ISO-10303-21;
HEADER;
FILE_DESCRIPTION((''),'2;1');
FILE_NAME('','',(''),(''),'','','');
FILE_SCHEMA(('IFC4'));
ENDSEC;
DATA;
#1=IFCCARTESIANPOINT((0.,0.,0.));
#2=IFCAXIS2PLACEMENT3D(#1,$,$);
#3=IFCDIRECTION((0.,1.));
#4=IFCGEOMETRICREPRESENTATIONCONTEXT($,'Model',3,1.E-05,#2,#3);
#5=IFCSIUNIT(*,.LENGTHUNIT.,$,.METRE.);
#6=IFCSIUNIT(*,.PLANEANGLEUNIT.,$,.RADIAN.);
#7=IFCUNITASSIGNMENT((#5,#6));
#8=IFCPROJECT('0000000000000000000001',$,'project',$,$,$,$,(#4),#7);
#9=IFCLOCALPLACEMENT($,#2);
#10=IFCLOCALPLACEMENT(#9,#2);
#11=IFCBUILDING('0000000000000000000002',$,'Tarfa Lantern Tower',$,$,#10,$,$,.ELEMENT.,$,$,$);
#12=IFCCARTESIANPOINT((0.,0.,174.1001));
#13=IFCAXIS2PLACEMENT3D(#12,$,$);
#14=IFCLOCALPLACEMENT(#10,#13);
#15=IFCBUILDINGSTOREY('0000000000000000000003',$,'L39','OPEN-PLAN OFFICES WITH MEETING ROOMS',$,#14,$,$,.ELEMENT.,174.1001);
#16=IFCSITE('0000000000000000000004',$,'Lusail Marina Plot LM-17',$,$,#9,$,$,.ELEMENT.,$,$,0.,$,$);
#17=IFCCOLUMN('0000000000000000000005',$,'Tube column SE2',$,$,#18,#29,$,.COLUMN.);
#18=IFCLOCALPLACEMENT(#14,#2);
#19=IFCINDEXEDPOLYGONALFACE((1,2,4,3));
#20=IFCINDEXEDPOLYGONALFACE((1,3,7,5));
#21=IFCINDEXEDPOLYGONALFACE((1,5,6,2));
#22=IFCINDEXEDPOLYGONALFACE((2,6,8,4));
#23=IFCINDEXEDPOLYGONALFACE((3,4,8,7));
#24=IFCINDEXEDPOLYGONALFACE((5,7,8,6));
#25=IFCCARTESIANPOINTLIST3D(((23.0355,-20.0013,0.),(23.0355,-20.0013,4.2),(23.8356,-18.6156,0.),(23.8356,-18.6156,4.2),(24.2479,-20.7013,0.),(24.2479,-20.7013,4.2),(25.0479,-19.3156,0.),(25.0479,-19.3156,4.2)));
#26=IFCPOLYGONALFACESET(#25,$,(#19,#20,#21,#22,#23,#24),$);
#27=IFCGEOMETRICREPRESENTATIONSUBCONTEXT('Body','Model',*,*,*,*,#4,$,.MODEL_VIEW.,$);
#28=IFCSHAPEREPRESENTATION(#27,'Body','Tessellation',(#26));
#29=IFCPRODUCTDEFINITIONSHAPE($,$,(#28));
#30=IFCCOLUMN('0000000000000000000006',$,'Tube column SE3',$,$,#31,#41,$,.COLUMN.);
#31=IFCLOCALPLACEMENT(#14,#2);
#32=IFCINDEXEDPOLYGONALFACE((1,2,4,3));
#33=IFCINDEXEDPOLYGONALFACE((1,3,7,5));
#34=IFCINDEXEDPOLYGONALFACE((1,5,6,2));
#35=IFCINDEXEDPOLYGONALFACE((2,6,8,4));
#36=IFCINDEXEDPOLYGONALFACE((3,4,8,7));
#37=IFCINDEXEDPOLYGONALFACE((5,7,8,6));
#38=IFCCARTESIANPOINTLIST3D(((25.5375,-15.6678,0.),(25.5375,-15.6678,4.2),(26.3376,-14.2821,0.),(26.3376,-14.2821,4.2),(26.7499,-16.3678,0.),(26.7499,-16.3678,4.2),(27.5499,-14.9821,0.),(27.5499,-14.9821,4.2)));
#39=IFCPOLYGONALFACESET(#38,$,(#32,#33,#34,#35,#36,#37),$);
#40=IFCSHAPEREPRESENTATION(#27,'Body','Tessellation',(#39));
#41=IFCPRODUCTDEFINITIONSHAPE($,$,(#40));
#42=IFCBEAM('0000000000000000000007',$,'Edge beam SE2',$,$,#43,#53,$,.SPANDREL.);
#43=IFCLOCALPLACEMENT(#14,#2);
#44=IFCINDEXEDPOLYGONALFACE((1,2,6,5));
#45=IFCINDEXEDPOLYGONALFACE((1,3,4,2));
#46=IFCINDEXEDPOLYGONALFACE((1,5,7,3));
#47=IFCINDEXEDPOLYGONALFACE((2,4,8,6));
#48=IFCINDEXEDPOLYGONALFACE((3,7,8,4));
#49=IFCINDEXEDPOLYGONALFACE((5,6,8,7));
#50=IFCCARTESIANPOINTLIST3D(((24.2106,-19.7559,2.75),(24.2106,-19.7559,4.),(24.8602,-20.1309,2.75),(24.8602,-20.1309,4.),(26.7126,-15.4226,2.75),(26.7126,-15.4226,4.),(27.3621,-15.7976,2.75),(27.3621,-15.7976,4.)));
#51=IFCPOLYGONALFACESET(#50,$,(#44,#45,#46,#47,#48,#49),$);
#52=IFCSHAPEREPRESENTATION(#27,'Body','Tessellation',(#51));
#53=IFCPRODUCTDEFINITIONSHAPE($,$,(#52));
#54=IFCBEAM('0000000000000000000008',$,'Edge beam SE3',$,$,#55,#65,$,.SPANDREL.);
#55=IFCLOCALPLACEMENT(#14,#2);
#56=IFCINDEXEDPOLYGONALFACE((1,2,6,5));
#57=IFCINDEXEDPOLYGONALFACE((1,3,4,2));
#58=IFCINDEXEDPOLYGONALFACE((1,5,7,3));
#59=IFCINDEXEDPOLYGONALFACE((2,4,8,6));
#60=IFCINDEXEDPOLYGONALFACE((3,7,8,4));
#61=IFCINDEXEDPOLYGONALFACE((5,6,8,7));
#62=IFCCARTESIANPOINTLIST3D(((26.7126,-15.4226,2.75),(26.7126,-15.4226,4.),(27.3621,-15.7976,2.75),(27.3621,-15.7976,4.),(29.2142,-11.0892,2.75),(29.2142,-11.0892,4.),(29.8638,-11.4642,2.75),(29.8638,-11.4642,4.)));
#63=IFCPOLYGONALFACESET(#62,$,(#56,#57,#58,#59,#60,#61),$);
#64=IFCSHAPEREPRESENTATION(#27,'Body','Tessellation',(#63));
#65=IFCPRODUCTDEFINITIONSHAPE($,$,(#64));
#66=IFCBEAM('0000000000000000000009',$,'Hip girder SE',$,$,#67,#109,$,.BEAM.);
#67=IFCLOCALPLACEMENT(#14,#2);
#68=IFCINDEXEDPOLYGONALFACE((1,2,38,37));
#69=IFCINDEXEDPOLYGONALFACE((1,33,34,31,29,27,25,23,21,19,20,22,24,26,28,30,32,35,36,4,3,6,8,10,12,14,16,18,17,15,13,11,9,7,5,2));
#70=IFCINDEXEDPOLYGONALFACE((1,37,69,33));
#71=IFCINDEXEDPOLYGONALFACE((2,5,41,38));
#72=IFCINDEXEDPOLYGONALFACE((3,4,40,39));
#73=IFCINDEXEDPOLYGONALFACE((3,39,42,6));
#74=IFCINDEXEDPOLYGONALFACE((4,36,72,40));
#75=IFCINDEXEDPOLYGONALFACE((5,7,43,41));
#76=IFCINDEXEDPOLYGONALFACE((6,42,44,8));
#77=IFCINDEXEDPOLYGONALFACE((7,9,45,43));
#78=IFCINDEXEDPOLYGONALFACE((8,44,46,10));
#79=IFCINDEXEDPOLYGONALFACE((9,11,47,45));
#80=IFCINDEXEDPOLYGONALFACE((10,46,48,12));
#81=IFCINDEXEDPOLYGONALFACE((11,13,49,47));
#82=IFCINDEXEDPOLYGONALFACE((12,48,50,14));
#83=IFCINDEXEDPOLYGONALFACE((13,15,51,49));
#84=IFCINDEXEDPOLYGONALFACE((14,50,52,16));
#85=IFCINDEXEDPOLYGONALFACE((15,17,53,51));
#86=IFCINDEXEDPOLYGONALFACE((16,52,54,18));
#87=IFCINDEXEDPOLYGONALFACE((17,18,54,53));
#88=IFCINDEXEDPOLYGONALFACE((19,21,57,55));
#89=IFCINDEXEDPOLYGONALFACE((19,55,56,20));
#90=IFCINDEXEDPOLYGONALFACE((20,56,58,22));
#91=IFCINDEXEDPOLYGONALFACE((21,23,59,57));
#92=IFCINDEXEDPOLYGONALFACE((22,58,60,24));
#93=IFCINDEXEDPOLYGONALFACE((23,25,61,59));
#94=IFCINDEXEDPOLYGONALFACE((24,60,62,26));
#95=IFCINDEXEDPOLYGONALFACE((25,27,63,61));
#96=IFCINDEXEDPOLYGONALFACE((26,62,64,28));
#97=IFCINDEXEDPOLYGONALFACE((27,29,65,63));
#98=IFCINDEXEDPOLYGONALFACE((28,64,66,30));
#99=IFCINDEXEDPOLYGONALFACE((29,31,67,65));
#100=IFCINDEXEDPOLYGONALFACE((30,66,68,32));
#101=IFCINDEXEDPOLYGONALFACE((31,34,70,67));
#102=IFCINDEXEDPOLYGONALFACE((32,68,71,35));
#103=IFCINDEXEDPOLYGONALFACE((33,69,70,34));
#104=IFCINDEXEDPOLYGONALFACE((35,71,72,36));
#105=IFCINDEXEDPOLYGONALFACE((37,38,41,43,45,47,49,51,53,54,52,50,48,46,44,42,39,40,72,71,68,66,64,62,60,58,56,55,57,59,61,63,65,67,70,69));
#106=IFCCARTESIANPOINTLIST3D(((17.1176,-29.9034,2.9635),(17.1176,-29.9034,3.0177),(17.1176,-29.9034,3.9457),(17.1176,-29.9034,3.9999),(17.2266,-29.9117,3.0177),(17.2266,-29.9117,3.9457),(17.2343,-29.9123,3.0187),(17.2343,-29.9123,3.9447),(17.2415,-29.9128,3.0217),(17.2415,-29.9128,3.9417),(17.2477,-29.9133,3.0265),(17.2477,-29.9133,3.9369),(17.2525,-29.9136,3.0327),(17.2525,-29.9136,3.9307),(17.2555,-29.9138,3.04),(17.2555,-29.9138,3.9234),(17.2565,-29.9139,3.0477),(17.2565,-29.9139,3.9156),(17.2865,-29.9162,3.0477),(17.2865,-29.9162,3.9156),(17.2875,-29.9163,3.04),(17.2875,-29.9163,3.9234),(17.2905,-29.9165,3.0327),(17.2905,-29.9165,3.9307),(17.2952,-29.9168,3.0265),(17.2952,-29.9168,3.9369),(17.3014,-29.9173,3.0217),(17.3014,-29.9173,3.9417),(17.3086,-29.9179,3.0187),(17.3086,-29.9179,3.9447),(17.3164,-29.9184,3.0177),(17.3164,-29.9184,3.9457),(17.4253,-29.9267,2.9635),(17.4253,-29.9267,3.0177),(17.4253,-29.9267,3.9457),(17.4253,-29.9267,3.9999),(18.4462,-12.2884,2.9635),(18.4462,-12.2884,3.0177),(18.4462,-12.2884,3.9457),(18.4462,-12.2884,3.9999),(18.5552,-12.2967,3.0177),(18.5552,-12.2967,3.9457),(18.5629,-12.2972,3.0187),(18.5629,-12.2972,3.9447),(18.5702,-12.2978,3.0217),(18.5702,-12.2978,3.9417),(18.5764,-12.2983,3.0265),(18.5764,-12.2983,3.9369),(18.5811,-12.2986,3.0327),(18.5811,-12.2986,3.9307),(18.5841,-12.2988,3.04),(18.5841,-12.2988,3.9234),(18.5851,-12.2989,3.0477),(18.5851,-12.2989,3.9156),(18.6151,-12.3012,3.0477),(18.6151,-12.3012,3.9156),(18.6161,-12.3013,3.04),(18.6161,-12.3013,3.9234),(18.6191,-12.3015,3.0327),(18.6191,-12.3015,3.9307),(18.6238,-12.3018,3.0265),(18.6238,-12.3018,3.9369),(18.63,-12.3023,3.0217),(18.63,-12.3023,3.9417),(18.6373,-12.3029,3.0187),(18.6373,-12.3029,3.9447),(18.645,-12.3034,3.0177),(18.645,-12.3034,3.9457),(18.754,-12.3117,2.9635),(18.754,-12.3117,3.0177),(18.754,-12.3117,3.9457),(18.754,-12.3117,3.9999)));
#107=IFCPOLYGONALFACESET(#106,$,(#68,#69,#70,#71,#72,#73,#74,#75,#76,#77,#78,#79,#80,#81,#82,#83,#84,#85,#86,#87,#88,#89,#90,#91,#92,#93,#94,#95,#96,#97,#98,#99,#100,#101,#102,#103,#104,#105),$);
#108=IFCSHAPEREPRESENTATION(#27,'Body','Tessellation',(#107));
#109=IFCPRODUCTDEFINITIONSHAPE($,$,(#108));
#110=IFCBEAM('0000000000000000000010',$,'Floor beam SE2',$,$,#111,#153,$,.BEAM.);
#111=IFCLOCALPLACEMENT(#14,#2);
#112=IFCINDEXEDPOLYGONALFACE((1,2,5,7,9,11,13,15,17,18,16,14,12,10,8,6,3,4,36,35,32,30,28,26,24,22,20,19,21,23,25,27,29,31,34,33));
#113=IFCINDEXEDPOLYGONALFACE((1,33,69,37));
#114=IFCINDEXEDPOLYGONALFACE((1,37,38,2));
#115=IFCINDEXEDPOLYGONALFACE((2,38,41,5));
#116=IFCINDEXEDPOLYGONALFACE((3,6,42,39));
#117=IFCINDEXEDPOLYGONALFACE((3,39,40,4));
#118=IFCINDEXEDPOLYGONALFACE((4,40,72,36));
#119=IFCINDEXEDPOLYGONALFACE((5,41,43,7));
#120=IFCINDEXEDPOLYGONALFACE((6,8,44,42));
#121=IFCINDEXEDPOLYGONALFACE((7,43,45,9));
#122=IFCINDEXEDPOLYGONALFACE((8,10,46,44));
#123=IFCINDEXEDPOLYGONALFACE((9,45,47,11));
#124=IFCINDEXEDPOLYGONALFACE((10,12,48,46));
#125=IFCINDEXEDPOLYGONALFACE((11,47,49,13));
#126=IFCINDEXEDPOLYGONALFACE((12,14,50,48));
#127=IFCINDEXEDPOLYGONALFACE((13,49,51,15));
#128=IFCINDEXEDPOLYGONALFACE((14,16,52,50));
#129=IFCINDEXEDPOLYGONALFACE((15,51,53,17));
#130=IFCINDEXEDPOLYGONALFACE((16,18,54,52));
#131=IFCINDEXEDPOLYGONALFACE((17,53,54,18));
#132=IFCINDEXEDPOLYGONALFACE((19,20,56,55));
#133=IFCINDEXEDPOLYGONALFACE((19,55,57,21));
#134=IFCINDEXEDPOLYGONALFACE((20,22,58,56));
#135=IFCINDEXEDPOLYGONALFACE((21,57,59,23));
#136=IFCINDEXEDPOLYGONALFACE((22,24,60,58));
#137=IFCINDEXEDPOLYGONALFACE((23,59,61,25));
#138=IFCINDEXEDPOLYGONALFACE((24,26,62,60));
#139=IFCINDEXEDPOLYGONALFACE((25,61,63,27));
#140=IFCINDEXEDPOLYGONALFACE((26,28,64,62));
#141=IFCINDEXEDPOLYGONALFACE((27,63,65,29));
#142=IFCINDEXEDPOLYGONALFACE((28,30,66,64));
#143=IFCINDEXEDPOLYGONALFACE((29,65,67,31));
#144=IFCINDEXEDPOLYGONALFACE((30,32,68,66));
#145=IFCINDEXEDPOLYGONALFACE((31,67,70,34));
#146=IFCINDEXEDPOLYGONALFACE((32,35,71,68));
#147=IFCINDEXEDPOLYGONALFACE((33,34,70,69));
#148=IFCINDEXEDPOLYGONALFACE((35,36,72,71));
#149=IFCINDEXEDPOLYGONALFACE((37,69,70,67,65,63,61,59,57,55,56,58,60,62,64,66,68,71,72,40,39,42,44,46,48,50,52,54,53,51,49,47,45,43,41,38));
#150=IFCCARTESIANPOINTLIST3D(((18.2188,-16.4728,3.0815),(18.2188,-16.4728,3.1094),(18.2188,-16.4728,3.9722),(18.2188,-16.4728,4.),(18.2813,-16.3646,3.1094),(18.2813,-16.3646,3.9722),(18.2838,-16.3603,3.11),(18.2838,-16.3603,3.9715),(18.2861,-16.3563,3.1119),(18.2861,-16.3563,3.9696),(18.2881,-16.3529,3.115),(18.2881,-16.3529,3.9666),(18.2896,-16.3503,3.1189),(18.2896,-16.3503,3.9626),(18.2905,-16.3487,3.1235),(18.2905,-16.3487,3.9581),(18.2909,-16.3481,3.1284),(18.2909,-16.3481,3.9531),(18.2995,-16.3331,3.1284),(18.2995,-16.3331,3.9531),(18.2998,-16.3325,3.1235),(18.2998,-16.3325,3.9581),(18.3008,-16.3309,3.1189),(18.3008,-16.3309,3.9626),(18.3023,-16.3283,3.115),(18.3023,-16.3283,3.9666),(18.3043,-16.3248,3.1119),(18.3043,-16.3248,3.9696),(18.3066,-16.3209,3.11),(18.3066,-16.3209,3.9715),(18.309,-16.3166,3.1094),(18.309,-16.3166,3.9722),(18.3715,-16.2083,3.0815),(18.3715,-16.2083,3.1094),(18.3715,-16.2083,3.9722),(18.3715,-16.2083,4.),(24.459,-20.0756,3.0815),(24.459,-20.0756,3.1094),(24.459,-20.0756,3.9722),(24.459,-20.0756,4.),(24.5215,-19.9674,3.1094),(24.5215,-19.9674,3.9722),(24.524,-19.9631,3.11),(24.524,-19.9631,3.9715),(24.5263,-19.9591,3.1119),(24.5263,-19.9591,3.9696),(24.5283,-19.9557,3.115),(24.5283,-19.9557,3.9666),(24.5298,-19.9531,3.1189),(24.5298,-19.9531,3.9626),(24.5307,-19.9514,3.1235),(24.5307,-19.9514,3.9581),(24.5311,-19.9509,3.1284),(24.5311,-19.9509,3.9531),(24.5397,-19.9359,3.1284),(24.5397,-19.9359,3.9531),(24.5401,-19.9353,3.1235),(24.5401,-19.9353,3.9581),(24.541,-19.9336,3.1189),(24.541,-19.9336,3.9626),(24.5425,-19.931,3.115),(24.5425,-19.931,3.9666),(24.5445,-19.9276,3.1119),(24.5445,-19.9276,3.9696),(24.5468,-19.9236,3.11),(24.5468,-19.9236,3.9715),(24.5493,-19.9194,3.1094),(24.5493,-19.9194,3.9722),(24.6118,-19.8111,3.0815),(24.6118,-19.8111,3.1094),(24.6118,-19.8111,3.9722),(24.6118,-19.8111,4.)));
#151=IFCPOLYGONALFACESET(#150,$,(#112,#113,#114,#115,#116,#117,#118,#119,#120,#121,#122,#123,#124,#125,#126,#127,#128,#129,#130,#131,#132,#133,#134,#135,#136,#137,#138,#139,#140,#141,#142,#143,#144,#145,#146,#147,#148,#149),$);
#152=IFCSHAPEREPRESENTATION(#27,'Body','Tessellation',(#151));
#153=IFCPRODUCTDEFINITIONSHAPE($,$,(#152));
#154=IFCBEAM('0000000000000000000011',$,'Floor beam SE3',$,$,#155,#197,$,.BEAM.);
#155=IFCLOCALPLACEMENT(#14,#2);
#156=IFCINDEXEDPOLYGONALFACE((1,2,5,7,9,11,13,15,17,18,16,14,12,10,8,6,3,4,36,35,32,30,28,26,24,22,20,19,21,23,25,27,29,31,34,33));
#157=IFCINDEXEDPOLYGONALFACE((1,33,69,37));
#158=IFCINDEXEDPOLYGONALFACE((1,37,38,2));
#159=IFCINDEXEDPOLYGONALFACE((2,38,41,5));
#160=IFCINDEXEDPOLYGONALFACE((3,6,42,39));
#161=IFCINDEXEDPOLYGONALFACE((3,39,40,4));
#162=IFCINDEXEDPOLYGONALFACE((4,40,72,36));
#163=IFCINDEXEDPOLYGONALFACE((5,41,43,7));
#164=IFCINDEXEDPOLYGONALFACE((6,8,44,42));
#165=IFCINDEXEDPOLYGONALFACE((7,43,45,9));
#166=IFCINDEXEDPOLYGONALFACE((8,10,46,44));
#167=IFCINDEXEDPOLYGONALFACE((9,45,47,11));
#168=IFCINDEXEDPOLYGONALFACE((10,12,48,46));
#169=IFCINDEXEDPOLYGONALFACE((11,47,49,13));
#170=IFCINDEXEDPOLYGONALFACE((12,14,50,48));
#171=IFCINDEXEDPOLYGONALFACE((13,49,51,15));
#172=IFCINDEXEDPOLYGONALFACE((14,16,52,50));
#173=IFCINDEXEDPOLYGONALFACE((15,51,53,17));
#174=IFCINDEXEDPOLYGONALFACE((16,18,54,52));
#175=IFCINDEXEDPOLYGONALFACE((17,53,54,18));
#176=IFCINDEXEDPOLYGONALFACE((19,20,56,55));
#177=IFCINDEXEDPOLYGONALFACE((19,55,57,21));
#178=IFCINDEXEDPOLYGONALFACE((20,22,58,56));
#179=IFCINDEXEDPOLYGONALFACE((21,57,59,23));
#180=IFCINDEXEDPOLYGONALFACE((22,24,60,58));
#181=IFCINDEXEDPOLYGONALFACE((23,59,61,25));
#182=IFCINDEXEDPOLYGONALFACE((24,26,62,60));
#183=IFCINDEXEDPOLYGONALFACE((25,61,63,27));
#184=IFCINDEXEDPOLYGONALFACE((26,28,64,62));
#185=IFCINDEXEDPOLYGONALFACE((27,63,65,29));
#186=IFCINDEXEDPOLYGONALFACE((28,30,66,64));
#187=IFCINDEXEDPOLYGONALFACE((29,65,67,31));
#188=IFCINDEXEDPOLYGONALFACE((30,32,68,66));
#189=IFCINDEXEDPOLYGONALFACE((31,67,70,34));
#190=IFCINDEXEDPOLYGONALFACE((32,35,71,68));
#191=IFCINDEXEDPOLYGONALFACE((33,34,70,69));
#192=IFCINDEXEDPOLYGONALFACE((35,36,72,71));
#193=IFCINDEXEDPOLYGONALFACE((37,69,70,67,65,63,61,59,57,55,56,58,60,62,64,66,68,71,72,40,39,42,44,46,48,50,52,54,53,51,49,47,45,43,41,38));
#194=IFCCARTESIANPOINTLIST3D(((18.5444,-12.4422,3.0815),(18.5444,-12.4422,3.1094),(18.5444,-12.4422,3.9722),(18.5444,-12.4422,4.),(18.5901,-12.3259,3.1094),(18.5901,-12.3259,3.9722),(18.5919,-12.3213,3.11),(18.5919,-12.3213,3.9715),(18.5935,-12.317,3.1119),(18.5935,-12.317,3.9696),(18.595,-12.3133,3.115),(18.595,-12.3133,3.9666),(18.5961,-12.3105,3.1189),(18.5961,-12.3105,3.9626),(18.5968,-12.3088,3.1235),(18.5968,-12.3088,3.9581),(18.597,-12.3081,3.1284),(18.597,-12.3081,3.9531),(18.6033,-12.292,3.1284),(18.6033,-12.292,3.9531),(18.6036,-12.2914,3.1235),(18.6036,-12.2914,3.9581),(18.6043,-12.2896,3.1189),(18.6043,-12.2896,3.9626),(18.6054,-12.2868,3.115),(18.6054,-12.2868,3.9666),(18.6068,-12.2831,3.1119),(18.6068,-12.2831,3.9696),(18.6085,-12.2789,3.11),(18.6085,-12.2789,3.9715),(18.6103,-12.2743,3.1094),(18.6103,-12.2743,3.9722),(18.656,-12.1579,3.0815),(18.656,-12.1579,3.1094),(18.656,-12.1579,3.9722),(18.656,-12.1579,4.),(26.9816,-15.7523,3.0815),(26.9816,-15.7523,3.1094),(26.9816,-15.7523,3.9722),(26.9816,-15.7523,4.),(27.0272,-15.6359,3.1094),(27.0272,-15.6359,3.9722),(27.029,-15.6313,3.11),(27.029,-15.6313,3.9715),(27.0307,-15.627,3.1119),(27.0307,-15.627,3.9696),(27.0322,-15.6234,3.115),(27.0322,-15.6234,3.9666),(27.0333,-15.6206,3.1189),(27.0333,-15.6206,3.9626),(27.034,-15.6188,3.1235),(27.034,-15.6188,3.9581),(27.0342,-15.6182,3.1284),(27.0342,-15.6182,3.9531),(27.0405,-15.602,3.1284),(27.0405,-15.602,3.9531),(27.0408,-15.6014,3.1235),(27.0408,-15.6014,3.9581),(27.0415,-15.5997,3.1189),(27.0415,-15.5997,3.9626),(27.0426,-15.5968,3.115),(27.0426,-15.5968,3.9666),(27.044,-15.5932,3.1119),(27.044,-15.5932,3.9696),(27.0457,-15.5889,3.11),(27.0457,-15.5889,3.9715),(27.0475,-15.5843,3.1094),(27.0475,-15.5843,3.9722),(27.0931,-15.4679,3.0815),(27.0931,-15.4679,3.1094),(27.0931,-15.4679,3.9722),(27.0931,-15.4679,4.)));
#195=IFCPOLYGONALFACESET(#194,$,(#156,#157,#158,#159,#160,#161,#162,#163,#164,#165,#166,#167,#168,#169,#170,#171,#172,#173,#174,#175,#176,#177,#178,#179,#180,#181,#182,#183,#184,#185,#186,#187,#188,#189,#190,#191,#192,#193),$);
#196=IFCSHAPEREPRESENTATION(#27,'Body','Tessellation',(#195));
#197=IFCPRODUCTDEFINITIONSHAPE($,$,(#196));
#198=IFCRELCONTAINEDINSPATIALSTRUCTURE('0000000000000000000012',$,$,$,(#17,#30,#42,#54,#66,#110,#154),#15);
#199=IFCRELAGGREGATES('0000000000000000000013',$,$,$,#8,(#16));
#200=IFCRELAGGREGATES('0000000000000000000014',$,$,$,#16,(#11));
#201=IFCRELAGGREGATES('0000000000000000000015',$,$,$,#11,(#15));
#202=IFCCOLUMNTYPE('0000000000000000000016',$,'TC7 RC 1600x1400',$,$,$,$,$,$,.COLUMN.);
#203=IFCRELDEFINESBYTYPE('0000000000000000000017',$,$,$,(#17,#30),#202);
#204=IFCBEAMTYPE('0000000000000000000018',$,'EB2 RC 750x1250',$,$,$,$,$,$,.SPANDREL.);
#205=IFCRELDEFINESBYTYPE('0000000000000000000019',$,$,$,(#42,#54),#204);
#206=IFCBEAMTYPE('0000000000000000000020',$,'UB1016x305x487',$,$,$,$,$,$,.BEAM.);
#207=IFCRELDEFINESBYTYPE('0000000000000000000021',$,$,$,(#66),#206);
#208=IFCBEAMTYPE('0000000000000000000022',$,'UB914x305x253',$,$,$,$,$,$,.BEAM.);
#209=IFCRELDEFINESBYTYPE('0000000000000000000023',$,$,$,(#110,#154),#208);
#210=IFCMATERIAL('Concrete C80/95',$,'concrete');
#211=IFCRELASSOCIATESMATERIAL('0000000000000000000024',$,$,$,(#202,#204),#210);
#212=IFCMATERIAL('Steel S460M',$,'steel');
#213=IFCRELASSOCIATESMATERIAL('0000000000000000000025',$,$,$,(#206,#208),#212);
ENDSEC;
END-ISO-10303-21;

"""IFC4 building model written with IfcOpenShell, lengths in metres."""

from ifc_helpers import new_model, si_unit, direction, frame, origin, origin_2d, place, context, subcontext, project, spatial, rectangle, i_section, extrude, material, material_profile, profile_set, type_object, element, save


model = new_model("IFC4")

# Units and contexts
model_context = context("Model", 3, precision=1e-05, world=origin(), true_north=direction((0.0, 1.0)))
body_context = subcontext(model_context, "Body", "Model", "MODEL_VIEW")
ifc_project = project(units=[si_unit("LENGTHUNIT", "METRE"), si_unit("PLANEANGLEUNIT", "RADIAN")], contexts=[model_context])

# Site, building, storey
site_placement = place(None, origin())
site = spatial("IfcSite", under=ifc_project, at=site_placement, Name="Lusail Marina Plot LM-17", CompositionType="ELEMENT", RefElevation=0.0)
building_placement = place(site_placement, origin())
building = spatial("IfcBuilding", under=site, at=building_placement, Name="Tarfa Lantern Tower", CompositionType="ELEMENT")
storey_placement = place(building_placement, frame((0.0, 0.0, 174.1001)))
storey = spatial("IfcBuildingStorey", under=building, at=storey_placement, Name="L39", Description="OPEN-PLAN OFFICES WITH MEETING ROOMS", CompositionType="ELEMENT", Elevation=174.1001)

# Columns
ifc_material_1 = material(Name="Concrete C80/95", Category="concrete")
ifc_material_profile_1 = material_profile(ifc_material_1, rectangle(XDim=1.6001, YDim=1.3999, at=origin_2d()), Name="RC 1600x1400")
ifc_profile_set_1 = profile_set([ifc_material_profile_1], Name="Concrete C80/95")
column_type = type_object("IfcColumnType", Name="TC7 RC 1600x1400", PredefinedType="COLUMN", material=ifc_profile_set_1)
for number, where, z_axis, x_axis, name in (
    (1, (24.0417, -19.6584, 0.0), (0.0, 0.0, 1.0), (0.5, 0.866025, 0.0), "Tube column SE2"),
    (2, (26.5437, -15.325, 0.0), (0.0, 0.0, 1.0), (0.5, 0.866025, 0.0), "Tube column SE3"),
):
    element("IfcColumn", number, at=place(storey_placement, frame(where, z_axis=z_axis, x_axis=x_axis)), inside=storey, type_object=column_type, Name=name, PredefinedType="COLUMN", context=body_context, shape_type="SweptSolid", body=[
        extrude(rectangle(XDim=1.6001, YDim=1.3999, at=origin_2d()), origin(), (0.0, 0.0, 1.0), 4.2),
    ])

# Beams
ifc_material_profile_2 = material_profile(ifc_material_1, rectangle(XDim=0.75, YDim=1.25, at=origin_2d()), Name="RC 750x1250")
ifc_profile_set_2 = profile_set([ifc_material_profile_2], Name="Concrete C80/95")
beam_type_1 = type_object("IfcBeamType", Name="EB2 RC 750x1250", PredefinedType="SPANDREL", material=ifc_profile_set_2)
for number, where, z_axis, x_axis, name in (
    (3, (24.5354, -19.9434, 3.375), (0.500022, 0.866013, 0.0), (-0.866013, 0.500022, 0.0), "Edge beam SE2"),
    (4, (27.0374, -15.6101, 3.375), (0.499965, 0.866046, 0.0), (-0.866046, 0.499965, 0.0), "Edge beam SE3"),
):
    element("IfcBeam", number, at=place(storey_placement, frame(where, z_axis=z_axis, x_axis=x_axis)), inside=storey, type_object=beam_type_1, Name=name, PredefinedType="SPANDREL", context=body_context, shape_type="SweptSolid", body=[
        extrude(rectangle(XDim=0.75, YDim=1.25, at=origin_2d()), origin(), (0.0, 0.0, 1.0), 5.0037),
    ])
ifc_material_2 = material(Name="Steel S460M", Category="steel")
ifc_material_profile_3 = material_profile(ifc_material_2, i_section(OverallWidth=0.3086, OverallDepth=1.0364, WebThickness=0.03, FlangeThickness=0.0542, FilletRadius=0.03, at=origin_2d()), Name="UB1016x305x487")
ifc_profile_set_3 = profile_set([ifc_material_profile_3], Name="Steel S460M")
beam_type_2 = type_object("IfcBeamType", Name="UB1016x305x487", PredefinedType="BEAM", material=ifc_profile_set_3)
beam_1_placement = place(storey_placement, frame((18.6001, -12.3, 3.4817), z_axis=(-0.075212, -0.997168, 0.0), x_axis=(0.997168, -0.075212, 0.0)))
element("IfcBeam", 5, at=beam_1_placement, inside=storey, type_object=beam_type_2, Name="Hip girder SE", PredefinedType="BEAM", context=body_context, shape_type="SweptSolid", body=[
    extrude(i_section(OverallWidth=0.3086, OverallDepth=1.0364, WebThickness=0.03, FlangeThickness=0.0542, FilletRadius=0.03, at=origin_2d()), origin(), (0.0, 0.0, 1.0), 17.665),
])
ifc_material_profile_4 = material_profile(ifc_material_2, i_section(OverallWidth=0.3054, OverallDepth=0.9185, WebThickness=0.0173, FlangeThickness=0.0278, FilletRadius=0.019, at=origin_2d()), Name="UB914x305x253")
ifc_profile_set_4 = profile_set([ifc_material_profile_4], Name="Steel S460M")
beam_type_3 = type_object("IfcBeamType", Name="UB914x305x253", PredefinedType="BEAM", material=ifc_profile_set_4)
beam_2_placement = place(storey_placement, frame((24.5354, -19.9434, 3.5408), z_axis=(-0.866026, 0.499998, 0.0), x_axis=(-0.499998, -0.866026, 0.0)))
element("IfcBeam", 6, at=beam_2_placement, inside=storey, type_object=beam_type_3, Name="Floor beam SE2", PredefinedType="BEAM", context=body_context, shape_type="SweptSolid", body=[
    extrude(i_section(OverallWidth=0.3054, OverallDepth=0.9185, WebThickness=0.0173, FlangeThickness=0.0278, FilletRadius=0.019, at=origin_2d()), origin(), (0.0, 0.0, 1.0), 7.2056),
])
beam_3_placement = place(storey_placement, frame((27.0374, -15.6101, 3.5408), z_axis=(-0.930923, 0.365215, 0.0), x_axis=(-0.365215, -0.930923, 0.0)))
element("IfcBeam", 7, at=beam_3_placement, inside=storey, type_object=beam_type_3, Name="Floor beam SE3", PredefinedType="BEAM", context=body_context, shape_type="SweptSolid", body=[
    extrude(i_section(OverallWidth=0.3054, OverallDepth=0.9185, WebThickness=0.0173, FlangeThickness=0.0278, FilletRadius=0.019, at=origin_2d()), origin(), (0.0, 0.0, 1.0), 9.0632),
])

save(model, "model.ifc")
